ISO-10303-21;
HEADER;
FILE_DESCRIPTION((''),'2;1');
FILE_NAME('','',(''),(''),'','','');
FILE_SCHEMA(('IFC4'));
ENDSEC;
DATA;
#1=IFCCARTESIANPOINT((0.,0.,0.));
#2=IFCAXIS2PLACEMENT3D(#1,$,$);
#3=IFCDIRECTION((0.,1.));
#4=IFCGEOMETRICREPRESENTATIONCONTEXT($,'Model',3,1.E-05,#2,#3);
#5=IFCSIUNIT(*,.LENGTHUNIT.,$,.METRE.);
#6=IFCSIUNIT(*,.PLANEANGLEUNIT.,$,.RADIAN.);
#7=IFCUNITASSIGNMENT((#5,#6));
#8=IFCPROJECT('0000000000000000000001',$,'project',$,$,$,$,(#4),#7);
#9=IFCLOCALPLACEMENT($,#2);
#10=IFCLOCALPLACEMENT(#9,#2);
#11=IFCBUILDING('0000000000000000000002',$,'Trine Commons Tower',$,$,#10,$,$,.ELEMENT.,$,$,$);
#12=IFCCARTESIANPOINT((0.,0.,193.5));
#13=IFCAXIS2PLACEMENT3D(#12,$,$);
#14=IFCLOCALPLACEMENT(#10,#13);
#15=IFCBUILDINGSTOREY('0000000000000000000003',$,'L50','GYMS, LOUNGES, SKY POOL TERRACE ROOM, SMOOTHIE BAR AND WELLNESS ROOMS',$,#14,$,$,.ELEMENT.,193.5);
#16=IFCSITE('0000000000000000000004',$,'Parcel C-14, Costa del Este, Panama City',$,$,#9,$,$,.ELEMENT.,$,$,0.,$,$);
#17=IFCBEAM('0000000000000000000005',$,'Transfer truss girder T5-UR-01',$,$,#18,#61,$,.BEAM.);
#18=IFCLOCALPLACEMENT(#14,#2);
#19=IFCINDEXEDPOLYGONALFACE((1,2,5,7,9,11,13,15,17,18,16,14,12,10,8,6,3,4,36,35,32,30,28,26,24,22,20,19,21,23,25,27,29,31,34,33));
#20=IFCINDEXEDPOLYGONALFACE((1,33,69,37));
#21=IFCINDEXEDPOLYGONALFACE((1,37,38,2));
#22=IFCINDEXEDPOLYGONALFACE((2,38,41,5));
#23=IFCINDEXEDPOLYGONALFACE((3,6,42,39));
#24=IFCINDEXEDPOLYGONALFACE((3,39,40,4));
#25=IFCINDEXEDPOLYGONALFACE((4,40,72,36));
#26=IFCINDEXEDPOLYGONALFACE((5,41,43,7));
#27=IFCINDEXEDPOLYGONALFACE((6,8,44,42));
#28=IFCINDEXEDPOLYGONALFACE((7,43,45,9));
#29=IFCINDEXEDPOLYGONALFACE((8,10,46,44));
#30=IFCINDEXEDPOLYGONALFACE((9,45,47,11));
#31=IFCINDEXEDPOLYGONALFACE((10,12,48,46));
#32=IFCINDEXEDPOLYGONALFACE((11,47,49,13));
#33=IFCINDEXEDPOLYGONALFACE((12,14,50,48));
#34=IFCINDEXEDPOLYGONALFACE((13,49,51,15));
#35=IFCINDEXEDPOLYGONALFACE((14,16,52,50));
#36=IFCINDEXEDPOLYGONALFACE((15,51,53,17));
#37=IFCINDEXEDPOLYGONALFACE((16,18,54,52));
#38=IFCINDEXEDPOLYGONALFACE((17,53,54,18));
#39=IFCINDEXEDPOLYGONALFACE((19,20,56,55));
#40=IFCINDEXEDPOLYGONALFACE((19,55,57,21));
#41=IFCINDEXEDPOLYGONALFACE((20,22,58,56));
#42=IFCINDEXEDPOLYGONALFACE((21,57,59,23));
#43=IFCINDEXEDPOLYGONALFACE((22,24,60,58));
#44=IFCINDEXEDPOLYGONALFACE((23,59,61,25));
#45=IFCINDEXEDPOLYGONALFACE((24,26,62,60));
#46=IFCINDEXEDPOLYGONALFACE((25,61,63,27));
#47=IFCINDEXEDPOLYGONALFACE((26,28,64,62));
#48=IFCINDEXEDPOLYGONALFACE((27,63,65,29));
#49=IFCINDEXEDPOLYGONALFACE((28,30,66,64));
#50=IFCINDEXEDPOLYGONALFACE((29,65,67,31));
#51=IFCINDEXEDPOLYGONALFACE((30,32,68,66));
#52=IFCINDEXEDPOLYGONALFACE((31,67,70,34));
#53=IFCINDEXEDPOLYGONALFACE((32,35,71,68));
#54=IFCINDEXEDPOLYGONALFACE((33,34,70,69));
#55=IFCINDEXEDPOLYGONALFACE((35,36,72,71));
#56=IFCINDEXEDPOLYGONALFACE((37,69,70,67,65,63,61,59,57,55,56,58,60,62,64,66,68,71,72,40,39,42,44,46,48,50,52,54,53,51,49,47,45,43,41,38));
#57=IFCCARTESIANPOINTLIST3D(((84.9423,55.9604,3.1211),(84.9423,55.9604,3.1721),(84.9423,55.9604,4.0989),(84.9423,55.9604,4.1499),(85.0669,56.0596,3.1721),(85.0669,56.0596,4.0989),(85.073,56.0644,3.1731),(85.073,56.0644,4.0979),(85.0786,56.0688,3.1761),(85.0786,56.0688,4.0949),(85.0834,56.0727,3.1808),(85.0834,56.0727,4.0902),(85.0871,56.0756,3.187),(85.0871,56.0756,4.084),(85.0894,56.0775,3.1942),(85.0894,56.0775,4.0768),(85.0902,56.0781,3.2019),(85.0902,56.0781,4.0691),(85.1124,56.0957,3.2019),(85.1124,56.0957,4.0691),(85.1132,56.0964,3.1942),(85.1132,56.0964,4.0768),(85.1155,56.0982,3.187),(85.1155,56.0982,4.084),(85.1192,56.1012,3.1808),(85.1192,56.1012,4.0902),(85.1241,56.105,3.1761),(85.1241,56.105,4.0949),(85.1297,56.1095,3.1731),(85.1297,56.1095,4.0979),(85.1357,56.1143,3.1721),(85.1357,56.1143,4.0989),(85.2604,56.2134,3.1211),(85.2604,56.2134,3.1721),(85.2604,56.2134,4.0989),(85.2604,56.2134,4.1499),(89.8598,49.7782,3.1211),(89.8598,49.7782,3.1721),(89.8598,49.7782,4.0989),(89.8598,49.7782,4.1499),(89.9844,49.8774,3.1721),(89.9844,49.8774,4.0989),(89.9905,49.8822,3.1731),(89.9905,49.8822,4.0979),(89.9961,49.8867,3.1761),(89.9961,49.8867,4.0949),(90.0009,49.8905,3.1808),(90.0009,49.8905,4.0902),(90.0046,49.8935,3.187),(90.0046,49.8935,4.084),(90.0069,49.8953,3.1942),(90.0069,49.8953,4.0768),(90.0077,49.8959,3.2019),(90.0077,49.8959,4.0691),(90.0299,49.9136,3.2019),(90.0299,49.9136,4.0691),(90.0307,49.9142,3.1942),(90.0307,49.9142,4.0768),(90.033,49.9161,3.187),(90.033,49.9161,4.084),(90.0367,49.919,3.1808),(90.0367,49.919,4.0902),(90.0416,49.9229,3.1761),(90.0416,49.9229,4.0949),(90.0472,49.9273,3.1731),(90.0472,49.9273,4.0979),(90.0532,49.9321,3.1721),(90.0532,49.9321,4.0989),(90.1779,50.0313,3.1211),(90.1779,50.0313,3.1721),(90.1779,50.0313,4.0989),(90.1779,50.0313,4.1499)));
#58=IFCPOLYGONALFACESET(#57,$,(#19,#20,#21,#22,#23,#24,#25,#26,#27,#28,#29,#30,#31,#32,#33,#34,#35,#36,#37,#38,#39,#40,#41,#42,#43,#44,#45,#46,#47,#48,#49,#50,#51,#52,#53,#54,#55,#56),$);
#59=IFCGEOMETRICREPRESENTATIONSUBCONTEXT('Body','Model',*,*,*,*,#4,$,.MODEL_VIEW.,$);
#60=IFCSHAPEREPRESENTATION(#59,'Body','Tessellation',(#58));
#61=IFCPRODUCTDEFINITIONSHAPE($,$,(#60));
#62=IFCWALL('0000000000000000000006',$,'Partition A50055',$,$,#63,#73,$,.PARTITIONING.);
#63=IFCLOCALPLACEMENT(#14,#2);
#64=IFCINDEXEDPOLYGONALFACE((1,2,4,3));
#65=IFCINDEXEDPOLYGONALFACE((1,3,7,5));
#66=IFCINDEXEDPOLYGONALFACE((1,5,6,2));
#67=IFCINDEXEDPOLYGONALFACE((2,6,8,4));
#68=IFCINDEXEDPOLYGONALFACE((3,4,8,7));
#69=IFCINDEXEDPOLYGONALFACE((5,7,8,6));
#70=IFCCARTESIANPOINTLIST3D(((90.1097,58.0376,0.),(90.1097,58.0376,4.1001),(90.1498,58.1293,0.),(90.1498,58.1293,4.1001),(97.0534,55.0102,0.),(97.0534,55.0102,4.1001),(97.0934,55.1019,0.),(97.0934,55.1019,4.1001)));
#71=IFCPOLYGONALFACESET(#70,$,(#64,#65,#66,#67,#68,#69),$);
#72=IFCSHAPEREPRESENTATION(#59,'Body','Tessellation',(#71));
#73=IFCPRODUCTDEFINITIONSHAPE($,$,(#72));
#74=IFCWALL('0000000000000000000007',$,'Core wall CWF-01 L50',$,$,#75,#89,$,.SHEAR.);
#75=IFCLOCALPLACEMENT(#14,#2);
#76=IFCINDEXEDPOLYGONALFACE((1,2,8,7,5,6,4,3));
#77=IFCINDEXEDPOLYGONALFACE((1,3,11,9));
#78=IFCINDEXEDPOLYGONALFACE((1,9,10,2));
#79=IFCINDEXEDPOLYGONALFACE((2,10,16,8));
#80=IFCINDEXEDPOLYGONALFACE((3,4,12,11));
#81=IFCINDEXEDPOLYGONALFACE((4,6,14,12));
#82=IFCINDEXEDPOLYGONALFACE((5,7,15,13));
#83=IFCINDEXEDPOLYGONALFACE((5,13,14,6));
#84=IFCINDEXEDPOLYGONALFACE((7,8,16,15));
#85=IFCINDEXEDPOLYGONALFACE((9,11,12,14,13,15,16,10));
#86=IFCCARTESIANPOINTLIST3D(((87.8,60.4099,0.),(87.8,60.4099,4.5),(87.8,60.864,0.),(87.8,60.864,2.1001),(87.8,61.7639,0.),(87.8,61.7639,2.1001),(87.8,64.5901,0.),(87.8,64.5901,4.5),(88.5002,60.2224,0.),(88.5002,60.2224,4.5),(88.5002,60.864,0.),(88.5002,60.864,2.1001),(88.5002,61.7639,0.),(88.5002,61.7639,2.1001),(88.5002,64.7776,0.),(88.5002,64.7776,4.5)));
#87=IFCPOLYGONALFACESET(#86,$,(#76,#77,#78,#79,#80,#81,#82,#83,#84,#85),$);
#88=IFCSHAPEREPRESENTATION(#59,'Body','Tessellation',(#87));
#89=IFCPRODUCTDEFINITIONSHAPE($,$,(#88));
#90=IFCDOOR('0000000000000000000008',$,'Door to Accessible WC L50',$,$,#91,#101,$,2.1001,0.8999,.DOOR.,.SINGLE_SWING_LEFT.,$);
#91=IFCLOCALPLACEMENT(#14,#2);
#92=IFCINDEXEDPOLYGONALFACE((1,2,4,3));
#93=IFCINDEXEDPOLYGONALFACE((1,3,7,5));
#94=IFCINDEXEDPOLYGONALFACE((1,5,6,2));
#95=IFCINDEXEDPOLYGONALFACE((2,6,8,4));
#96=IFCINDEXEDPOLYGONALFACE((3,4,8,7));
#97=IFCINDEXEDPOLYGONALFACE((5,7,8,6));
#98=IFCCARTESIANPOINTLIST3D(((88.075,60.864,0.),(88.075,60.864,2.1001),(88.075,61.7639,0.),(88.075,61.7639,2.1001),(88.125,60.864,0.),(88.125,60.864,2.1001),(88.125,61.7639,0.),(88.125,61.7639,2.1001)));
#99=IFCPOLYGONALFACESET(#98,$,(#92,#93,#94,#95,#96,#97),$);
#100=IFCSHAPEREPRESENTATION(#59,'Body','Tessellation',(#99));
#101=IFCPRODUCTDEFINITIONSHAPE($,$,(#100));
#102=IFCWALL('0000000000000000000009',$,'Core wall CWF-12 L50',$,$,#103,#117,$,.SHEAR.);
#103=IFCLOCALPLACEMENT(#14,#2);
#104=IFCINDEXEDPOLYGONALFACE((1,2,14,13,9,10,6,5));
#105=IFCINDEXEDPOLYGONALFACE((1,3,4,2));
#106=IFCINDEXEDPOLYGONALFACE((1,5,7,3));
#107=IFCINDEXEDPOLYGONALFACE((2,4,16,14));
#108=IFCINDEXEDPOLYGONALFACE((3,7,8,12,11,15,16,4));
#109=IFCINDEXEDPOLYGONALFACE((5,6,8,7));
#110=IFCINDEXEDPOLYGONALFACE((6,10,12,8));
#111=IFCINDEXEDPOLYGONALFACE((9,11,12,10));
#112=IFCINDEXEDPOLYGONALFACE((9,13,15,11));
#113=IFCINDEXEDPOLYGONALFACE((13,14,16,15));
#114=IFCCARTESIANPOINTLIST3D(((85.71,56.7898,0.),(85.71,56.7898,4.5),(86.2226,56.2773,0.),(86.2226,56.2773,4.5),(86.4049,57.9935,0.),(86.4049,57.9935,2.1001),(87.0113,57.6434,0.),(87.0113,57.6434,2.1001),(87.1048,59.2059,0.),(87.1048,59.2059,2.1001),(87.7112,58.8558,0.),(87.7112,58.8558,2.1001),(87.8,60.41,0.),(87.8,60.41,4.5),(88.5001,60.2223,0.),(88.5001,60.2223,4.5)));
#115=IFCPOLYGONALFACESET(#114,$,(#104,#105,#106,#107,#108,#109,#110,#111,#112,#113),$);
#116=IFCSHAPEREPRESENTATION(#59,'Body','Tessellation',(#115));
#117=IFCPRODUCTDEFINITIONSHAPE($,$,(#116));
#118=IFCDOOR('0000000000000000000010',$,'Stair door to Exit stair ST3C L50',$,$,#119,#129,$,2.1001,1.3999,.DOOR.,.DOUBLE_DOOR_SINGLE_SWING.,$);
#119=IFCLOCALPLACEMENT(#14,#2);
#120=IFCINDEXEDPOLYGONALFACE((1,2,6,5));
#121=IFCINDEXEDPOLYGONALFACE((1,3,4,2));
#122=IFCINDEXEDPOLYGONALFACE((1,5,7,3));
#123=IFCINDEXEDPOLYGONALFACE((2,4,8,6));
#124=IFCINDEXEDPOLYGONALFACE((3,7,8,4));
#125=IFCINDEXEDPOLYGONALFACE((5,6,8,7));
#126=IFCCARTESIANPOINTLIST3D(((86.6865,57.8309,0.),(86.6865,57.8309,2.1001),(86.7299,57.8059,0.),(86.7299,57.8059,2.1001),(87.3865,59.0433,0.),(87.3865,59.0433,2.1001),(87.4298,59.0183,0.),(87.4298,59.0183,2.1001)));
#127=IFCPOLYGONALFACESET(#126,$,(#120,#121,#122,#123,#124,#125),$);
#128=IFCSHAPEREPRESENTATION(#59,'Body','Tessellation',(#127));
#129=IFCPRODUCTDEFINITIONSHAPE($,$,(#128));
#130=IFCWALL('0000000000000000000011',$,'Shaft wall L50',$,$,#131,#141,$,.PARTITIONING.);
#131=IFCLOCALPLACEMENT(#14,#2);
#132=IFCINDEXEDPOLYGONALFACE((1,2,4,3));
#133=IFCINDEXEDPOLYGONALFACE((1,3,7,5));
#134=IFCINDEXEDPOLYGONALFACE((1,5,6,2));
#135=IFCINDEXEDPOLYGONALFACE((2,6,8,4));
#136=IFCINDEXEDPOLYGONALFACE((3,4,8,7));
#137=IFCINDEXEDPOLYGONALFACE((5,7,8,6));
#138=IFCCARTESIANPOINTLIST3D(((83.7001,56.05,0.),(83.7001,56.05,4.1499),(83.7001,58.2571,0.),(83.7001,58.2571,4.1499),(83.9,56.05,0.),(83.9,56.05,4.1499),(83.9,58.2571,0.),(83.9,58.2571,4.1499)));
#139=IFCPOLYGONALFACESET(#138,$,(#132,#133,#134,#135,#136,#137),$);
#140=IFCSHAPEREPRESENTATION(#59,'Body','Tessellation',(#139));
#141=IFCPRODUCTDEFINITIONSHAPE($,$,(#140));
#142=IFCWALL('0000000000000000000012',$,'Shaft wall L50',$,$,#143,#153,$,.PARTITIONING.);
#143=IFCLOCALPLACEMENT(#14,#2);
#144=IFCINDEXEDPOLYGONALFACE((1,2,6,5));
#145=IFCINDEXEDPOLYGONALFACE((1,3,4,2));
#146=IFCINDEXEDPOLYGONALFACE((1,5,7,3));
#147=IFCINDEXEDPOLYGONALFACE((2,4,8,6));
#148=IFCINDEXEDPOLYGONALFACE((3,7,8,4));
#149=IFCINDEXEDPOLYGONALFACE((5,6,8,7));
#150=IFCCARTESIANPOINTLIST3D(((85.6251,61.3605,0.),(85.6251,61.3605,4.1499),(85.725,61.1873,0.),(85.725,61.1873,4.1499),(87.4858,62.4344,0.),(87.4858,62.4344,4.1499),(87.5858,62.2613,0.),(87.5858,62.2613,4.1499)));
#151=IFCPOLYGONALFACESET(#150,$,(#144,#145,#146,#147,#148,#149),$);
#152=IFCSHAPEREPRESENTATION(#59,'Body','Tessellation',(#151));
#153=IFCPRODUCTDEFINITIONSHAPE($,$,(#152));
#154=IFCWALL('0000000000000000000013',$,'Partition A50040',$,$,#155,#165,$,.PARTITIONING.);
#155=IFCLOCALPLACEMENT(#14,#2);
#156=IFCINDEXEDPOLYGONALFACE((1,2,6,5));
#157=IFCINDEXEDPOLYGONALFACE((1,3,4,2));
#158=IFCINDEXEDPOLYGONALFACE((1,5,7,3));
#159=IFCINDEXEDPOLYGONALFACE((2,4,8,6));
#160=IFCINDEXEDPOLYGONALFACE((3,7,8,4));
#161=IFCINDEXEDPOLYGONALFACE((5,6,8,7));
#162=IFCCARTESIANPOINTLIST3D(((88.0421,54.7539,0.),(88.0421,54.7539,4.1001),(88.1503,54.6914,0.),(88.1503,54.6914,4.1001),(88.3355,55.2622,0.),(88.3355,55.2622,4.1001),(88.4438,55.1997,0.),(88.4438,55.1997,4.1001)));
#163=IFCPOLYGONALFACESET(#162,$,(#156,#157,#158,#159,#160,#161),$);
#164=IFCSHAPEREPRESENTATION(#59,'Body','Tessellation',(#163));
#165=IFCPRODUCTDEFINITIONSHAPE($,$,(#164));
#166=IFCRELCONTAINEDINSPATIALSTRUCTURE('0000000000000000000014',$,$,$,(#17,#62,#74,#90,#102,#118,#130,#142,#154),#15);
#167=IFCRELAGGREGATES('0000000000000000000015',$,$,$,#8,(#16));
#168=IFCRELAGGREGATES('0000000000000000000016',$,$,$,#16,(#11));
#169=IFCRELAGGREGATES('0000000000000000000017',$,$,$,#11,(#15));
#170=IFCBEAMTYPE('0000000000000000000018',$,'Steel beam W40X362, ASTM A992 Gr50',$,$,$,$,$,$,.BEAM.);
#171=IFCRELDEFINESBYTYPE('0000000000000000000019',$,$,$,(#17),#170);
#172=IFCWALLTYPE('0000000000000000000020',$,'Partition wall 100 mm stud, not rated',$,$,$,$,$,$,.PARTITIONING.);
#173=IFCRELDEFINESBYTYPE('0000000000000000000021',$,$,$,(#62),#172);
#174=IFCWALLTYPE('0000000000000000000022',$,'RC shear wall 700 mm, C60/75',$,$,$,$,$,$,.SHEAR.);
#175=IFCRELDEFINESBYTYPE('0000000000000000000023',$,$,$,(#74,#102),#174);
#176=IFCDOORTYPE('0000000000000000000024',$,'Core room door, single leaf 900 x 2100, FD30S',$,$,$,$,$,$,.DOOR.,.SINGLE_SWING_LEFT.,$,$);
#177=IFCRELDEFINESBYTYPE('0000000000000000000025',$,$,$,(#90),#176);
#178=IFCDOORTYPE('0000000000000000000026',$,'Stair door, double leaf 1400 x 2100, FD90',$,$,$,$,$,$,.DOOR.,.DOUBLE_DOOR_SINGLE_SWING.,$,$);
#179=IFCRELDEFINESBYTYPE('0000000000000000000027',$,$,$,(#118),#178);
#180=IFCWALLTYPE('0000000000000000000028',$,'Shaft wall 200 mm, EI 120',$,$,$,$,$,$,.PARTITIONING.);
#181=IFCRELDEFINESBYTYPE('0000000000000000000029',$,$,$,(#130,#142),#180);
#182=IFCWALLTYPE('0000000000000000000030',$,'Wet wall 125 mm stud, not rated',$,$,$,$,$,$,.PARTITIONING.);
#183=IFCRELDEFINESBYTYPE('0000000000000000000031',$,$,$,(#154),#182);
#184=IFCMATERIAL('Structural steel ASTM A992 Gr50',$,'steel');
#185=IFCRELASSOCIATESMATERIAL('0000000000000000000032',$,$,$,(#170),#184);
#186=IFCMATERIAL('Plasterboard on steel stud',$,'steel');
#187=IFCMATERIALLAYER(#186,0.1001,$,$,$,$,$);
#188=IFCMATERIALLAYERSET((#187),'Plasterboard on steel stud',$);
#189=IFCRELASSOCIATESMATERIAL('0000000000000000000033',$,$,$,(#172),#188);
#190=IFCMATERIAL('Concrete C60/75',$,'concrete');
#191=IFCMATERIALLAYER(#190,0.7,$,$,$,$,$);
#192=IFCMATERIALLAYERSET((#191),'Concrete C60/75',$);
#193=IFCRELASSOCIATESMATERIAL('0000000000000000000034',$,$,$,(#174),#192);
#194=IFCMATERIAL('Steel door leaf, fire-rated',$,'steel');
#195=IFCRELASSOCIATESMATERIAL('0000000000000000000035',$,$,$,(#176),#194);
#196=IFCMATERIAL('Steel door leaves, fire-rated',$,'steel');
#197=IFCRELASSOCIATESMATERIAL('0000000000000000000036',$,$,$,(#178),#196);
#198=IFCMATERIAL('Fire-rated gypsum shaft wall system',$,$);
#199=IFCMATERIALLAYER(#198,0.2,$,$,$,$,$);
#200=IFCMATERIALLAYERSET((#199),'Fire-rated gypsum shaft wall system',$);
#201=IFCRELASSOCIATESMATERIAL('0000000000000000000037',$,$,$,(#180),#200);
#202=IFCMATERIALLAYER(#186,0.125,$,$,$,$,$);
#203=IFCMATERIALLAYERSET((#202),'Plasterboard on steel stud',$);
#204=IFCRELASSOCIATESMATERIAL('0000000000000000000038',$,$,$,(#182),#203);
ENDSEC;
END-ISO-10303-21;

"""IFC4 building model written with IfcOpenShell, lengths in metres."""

from ifc_helpers import new_model, si_unit, direction, frame, frame_2d, origin, origin_2d, place, context, subcontext, project, spatial, polyline, rectangle, i_section, outline, extrude, material, layer, layer_set, material_profile, profile_set, type_object, element, fill, save


model = new_model("IFC4")

# Units and contexts
model_context = context("Model", 3, precision=1e-05, world=origin(), true_north=direction((0.0, 1.0)))
body_context = subcontext(model_context, "Body", "Model", "MODEL_VIEW")
ifc_project = project(units=[si_unit("LENGTHUNIT", "METRE"), si_unit("PLANEANGLEUNIT", "RADIAN")], contexts=[model_context])

# Site, building, storey
site_placement = place(None, origin())
site = spatial("IfcSite", under=ifc_project, at=site_placement, Name="Parcel C-14, Costa del Este, Panama City", CompositionType="ELEMENT", RefElevation=0.0)
building_placement = place(site_placement, origin())
building = spatial("IfcBuilding", under=site, at=building_placement, Name="Trine Commons Tower", CompositionType="ELEMENT")
storey_placement = place(building_placement, frame((0.0, 0.0, 193.5)))
storey = spatial("IfcBuildingStorey", under=building, at=storey_placement, Name="L50", Description="GYMS, LOUNGES, SKY POOL TERRACE ROOM, SMOOTHIE BAR AND WELLNESS ROOMS", CompositionType="ELEMENT", Elevation=193.5)

# Beam
ifc_material_1 = material(Name="Structural steel ASTM A992 Gr50", Category="steel")
ifc_material_profile = material_profile(ifc_material_1, i_section(OverallWidth=0.4065, OverallDepth=1.0288, WebThickness=0.0283, FlangeThickness=0.051, FilletRadius=0.0298, at=origin_2d()), Name="W40X362")
ifc_profile_set = profile_set([ifc_material_profile], Name="Structural steel ASTM A992 Gr50")
beam_type = type_object("IfcBeamType", Name="Steel beam W40X362, ASTM A992 Gr50", PredefinedType="BEAM", material=ifc_profile_set)
beam_placement = place(storey_placement, frame((85.1013, 56.0869, 3.6355), z_axis=(0.622514, -0.782609, 0.0), x_axis=(0.782609, 0.622514, 0.0)))
element("IfcBeam", 1, at=beam_placement, inside=storey, type_object=beam_type, Name="Transfer truss girder T5-UR-01", PredefinedType="BEAM", context=body_context, shape_type="SweptSolid", body=[
    extrude(i_section(OverallWidth=0.4065, OverallDepth=1.0288, WebThickness=0.0283, FlangeThickness=0.051, FilletRadius=0.0298, at=origin_2d()), origin(), (0.0, 0.0, 1.0), 7.8994),
])

# Wall
ifc_material_2 = material(Name="Plasterboard on steel stud", Category="steel")
ifc_layer_1 = layer(ifc_material_2, 0.1001)
ifc_layer_set_1 = layer_set([ifc_layer_1], Name="Plasterboard on steel stud")
wall_type_1 = type_object("IfcWallType", Name="Partition wall 100 mm stud, not rated", PredefinedType="PARTITIONING", material=ifc_layer_set_1)
wall_1_placement = place(storey_placement, frame((90.1296, 58.0835, 0.0), z_axis=(0.0, 0.0, 1.0), x_axis=(0.916665, -0.399657, 0.0)))
element("IfcWall", 2, at=wall_1_placement, inside=storey, type_object=wall_type_1, Name="Partition A50055", PredefinedType="PARTITIONING", context=body_context, shape_type="SweptSolid", body=[
    extrude(rectangle(XDim=7.575, YDim=0.1001, at=frame_2d((3.7876, 0.0))), origin(), (0.0, 0.0, 1.0), 4.1001),
])

# Walls, openings, doors
ifc_material_3 = material(Name="Concrete C60/75", Category="concrete")
ifc_layer_2 = layer(ifc_material_3, 0.7)
ifc_layer_set_2 = layer_set([ifc_layer_2], Name="Concrete C60/75")
wall_type_2 = type_object("IfcWallType", Name="RC shear wall 700 mm, C60/75", PredefinedType="SHEAR", material=ifc_layer_set_2)
wall_2_placement = place(storey_placement, frame((88.1501, 60.2224, 0.0), z_axis=(0.0, 0.0, 1.0), x_axis=(0.0, 1.0, 0.0)))
wall_2 = element("IfcWall", 3, at=wall_2_placement, inside=storey, type_object=wall_type_2, Name="Core wall CWF-01 L50", PredefinedType="SHEAR", context=body_context, shape_type="SweptSolid", body=[
    extrude(outline(polyline([(0.0, -0.3501), (4.5552, -0.3501), (4.3677, 0.3501), (0.1875, 0.3501), (0.0, -0.3501)])), origin(), (0.0, 0.0, 1.0), 4.5),
])
opening_1_placement = place(wall_2_placement, frame((0.6416, 0.0, 0.0)))
opening_1 = element("IfcOpeningElement", 4, at=opening_1_placement, cuts=wall_2, PredefinedType="OPENING", context=body_context, shape_type="SweptSolid", body=[
    extrude(rectangle(XDim=0.8999, YDim=2.1001, at=frame_2d((0.45, 1.05))), frame((0.0, 0.3599, 0.0), z_axis=(0.0, -1.0, 0.0), x_axis=(1.0, 0.0, 0.0)), (0.0, 0.0, 1.0), 0.72),
])
ifc_material_4 = material(Name="Steel door leaf, fire-rated", Category="steel")
door_type_1 = type_object("IfcDoorType", Name="Core room door, single leaf 900 x 2100, FD30S", OperationType="SINGLE_SWING_LEFT", PredefinedType="DOOR", material=ifc_material_4)
door_1_placement = place(opening_1_placement, origin())
door_1 = element("IfcDoor", 5, at=door_1_placement, inside=storey, type_object=door_type_1, Name="Door to Accessible WC L50", OperationType="SINGLE_SWING_LEFT", OverallHeight=2.1001, OverallWidth=0.8999, PredefinedType="DOOR", context=body_context, shape_type="SweptSolid", body=[
    extrude(rectangle(XDim=0.8999, YDim=2.1001, at=frame_2d((0.45, 1.05))), frame((0.0, 0.0752, 0.0), z_axis=(0.0, -1.0, 0.0), x_axis=(1.0, 0.0, 0.0)), (0.0, 0.0, 1.0), 0.05),
])
fill(opening_1, door_1)
wall_3_placement = place(storey_placement, frame((85.9194, 56.4524, 0.0), z_axis=(0.0, 0.0, 1.0), x_axis=(0.499984, 0.866035, 0.0)))
wall_3 = element("IfcWall", 6, at=wall_3_placement, inside=storey, type_object=wall_type_2, Name="Core wall CWF-12 L50", PredefinedType="SHEAR", context=body_context, shape_type="SweptSolid", body=[
    extrude(outline(polyline([(0.0, -0.3501), (4.5552, -0.3501), (4.3677, 0.3501), (0.1875, 0.3501), (0.0, -0.3501)])), origin(), (0.0, 0.0, 1.0), 4.5),
])
opening_2_placement = place(wall_3_placement, frame((1.5774, 0.0, 0.0)))
opening_2 = element("IfcOpeningElement", 7, at=opening_2_placement, cuts=wall_3, PredefinedType="OPENING", context=body_context, shape_type="SweptSolid", body=[
    extrude(rectangle(XDim=1.3999, YDim=2.1001, at=frame_2d((0.7, 1.05))), frame((0.0, 0.3599, 0.0), z_axis=(0.0, -1.0, 0.0), x_axis=(1.0, 0.0, 0.0)), (0.0, 0.0, 1.0), 0.72),
])
ifc_material_5 = material(Name="Steel door leaves, fire-rated", Category="steel")
door_type_2 = type_object("IfcDoorType", Name="Stair door, double leaf 1400 x 2100, FD90", OperationType="DOUBLE_DOOR_SINGLE_SWING", PredefinedType="DOOR", material=ifc_material_5)
door_2_placement = place(opening_2_placement, origin())
door_2 = element("IfcDoor", 8, at=door_2_placement, inside=storey, type_object=door_type_2, Name="Stair door to Exit stair ST3C L50", OperationType="DOUBLE_DOOR_SINGLE_SWING", OverallHeight=2.1001, OverallWidth=1.3999, PredefinedType="DOOR", context=body_context, shape_type="SweptSolid", body=[
    extrude(rectangle(XDim=1.3999, YDim=2.1001, at=frame_2d((0.7, 1.05))), frame((0.0, 0.0249, 0.0), z_axis=(0.0, -1.0, 0.0), x_axis=(1.0, 0.0, 0.0)), (0.0, 0.0, 1.0), 0.05),
])
fill(opening_2, door_2)

# Walls
ifc_material_6 = material(Name="Fire-rated gypsum shaft wall system")
ifc_layer_3 = layer(ifc_material_6, 0.2)
ifc_layer_set_3 = layer_set([ifc_layer_3], Name="Fire-rated gypsum shaft wall system")
wall_type_3 = type_object("IfcWallType", Name="Shaft wall 200 mm, EI 120", PredefinedType="PARTITIONING", material=ifc_layer_set_3)
wall_4_placement = place(storey_placement, frame((83.8, 58.2571, 0.0), z_axis=(0.0, 0.0, 1.0), x_axis=(0.0, -1.0, 0.0)))
element("IfcWall", 9, at=wall_4_placement, inside=storey, type_object=wall_type_3, Name="Shaft wall L50", PredefinedType="PARTITIONING", context=body_context, shape_type="SweptSolid", body=[
    extrude(rectangle(XDim=2.207, YDim=0.2, at=frame_2d((1.1035, 0.0))), origin(), (0.0, 0.0, 1.0), 4.1499),
])
wall_5_placement = place(storey_placement, frame((85.675, 61.2739, 0.0), z_axis=(0.0, 0.0, 1.0), x_axis=(0.866102, 0.499867, 0.0)))
element("IfcWall", 10, at=wall_5_placement, inside=storey, type_object=wall_type_3, Name="Shaft wall L50", PredefinedType="PARTITIONING", context=body_context, shape_type="SweptSolid", body=[
    extrude(rectangle(XDim=2.1484, YDim=0.2, at=frame_2d((1.0742, 0.0))), origin(), (0.0, 0.0, 1.0), 4.1499),
])
ifc_layer_4 = layer(ifc_material_2, 0.125)
ifc_layer_set_4 = layer_set([ifc_layer_4], Name="Plasterboard on steel stud")
wall_type_4 = type_object("IfcWallType", Name="Wet wall 125 mm stud, not rated", PredefinedType="PARTITIONING", material=ifc_layer_set_4)
wall_6_placement = place(storey_placement, frame((88.0962, 54.7227, 0.0), z_axis=(0.0, 0.0, 1.0), x_axis=(0.499987, 0.866033, 0.0)))
element("IfcWall", 11, at=wall_6_placement, inside=storey, type_object=wall_type_4, Name="Partition A50040", PredefinedType="PARTITIONING", context=body_context, shape_type="SweptSolid", body=[
    extrude(rectangle(XDim=0.5869, YDim=0.125, at=frame_2d((0.2935, 0.0))), origin(), (0.0, 0.0, 1.0), 4.1001),
])

save(model, "model.ifc")
